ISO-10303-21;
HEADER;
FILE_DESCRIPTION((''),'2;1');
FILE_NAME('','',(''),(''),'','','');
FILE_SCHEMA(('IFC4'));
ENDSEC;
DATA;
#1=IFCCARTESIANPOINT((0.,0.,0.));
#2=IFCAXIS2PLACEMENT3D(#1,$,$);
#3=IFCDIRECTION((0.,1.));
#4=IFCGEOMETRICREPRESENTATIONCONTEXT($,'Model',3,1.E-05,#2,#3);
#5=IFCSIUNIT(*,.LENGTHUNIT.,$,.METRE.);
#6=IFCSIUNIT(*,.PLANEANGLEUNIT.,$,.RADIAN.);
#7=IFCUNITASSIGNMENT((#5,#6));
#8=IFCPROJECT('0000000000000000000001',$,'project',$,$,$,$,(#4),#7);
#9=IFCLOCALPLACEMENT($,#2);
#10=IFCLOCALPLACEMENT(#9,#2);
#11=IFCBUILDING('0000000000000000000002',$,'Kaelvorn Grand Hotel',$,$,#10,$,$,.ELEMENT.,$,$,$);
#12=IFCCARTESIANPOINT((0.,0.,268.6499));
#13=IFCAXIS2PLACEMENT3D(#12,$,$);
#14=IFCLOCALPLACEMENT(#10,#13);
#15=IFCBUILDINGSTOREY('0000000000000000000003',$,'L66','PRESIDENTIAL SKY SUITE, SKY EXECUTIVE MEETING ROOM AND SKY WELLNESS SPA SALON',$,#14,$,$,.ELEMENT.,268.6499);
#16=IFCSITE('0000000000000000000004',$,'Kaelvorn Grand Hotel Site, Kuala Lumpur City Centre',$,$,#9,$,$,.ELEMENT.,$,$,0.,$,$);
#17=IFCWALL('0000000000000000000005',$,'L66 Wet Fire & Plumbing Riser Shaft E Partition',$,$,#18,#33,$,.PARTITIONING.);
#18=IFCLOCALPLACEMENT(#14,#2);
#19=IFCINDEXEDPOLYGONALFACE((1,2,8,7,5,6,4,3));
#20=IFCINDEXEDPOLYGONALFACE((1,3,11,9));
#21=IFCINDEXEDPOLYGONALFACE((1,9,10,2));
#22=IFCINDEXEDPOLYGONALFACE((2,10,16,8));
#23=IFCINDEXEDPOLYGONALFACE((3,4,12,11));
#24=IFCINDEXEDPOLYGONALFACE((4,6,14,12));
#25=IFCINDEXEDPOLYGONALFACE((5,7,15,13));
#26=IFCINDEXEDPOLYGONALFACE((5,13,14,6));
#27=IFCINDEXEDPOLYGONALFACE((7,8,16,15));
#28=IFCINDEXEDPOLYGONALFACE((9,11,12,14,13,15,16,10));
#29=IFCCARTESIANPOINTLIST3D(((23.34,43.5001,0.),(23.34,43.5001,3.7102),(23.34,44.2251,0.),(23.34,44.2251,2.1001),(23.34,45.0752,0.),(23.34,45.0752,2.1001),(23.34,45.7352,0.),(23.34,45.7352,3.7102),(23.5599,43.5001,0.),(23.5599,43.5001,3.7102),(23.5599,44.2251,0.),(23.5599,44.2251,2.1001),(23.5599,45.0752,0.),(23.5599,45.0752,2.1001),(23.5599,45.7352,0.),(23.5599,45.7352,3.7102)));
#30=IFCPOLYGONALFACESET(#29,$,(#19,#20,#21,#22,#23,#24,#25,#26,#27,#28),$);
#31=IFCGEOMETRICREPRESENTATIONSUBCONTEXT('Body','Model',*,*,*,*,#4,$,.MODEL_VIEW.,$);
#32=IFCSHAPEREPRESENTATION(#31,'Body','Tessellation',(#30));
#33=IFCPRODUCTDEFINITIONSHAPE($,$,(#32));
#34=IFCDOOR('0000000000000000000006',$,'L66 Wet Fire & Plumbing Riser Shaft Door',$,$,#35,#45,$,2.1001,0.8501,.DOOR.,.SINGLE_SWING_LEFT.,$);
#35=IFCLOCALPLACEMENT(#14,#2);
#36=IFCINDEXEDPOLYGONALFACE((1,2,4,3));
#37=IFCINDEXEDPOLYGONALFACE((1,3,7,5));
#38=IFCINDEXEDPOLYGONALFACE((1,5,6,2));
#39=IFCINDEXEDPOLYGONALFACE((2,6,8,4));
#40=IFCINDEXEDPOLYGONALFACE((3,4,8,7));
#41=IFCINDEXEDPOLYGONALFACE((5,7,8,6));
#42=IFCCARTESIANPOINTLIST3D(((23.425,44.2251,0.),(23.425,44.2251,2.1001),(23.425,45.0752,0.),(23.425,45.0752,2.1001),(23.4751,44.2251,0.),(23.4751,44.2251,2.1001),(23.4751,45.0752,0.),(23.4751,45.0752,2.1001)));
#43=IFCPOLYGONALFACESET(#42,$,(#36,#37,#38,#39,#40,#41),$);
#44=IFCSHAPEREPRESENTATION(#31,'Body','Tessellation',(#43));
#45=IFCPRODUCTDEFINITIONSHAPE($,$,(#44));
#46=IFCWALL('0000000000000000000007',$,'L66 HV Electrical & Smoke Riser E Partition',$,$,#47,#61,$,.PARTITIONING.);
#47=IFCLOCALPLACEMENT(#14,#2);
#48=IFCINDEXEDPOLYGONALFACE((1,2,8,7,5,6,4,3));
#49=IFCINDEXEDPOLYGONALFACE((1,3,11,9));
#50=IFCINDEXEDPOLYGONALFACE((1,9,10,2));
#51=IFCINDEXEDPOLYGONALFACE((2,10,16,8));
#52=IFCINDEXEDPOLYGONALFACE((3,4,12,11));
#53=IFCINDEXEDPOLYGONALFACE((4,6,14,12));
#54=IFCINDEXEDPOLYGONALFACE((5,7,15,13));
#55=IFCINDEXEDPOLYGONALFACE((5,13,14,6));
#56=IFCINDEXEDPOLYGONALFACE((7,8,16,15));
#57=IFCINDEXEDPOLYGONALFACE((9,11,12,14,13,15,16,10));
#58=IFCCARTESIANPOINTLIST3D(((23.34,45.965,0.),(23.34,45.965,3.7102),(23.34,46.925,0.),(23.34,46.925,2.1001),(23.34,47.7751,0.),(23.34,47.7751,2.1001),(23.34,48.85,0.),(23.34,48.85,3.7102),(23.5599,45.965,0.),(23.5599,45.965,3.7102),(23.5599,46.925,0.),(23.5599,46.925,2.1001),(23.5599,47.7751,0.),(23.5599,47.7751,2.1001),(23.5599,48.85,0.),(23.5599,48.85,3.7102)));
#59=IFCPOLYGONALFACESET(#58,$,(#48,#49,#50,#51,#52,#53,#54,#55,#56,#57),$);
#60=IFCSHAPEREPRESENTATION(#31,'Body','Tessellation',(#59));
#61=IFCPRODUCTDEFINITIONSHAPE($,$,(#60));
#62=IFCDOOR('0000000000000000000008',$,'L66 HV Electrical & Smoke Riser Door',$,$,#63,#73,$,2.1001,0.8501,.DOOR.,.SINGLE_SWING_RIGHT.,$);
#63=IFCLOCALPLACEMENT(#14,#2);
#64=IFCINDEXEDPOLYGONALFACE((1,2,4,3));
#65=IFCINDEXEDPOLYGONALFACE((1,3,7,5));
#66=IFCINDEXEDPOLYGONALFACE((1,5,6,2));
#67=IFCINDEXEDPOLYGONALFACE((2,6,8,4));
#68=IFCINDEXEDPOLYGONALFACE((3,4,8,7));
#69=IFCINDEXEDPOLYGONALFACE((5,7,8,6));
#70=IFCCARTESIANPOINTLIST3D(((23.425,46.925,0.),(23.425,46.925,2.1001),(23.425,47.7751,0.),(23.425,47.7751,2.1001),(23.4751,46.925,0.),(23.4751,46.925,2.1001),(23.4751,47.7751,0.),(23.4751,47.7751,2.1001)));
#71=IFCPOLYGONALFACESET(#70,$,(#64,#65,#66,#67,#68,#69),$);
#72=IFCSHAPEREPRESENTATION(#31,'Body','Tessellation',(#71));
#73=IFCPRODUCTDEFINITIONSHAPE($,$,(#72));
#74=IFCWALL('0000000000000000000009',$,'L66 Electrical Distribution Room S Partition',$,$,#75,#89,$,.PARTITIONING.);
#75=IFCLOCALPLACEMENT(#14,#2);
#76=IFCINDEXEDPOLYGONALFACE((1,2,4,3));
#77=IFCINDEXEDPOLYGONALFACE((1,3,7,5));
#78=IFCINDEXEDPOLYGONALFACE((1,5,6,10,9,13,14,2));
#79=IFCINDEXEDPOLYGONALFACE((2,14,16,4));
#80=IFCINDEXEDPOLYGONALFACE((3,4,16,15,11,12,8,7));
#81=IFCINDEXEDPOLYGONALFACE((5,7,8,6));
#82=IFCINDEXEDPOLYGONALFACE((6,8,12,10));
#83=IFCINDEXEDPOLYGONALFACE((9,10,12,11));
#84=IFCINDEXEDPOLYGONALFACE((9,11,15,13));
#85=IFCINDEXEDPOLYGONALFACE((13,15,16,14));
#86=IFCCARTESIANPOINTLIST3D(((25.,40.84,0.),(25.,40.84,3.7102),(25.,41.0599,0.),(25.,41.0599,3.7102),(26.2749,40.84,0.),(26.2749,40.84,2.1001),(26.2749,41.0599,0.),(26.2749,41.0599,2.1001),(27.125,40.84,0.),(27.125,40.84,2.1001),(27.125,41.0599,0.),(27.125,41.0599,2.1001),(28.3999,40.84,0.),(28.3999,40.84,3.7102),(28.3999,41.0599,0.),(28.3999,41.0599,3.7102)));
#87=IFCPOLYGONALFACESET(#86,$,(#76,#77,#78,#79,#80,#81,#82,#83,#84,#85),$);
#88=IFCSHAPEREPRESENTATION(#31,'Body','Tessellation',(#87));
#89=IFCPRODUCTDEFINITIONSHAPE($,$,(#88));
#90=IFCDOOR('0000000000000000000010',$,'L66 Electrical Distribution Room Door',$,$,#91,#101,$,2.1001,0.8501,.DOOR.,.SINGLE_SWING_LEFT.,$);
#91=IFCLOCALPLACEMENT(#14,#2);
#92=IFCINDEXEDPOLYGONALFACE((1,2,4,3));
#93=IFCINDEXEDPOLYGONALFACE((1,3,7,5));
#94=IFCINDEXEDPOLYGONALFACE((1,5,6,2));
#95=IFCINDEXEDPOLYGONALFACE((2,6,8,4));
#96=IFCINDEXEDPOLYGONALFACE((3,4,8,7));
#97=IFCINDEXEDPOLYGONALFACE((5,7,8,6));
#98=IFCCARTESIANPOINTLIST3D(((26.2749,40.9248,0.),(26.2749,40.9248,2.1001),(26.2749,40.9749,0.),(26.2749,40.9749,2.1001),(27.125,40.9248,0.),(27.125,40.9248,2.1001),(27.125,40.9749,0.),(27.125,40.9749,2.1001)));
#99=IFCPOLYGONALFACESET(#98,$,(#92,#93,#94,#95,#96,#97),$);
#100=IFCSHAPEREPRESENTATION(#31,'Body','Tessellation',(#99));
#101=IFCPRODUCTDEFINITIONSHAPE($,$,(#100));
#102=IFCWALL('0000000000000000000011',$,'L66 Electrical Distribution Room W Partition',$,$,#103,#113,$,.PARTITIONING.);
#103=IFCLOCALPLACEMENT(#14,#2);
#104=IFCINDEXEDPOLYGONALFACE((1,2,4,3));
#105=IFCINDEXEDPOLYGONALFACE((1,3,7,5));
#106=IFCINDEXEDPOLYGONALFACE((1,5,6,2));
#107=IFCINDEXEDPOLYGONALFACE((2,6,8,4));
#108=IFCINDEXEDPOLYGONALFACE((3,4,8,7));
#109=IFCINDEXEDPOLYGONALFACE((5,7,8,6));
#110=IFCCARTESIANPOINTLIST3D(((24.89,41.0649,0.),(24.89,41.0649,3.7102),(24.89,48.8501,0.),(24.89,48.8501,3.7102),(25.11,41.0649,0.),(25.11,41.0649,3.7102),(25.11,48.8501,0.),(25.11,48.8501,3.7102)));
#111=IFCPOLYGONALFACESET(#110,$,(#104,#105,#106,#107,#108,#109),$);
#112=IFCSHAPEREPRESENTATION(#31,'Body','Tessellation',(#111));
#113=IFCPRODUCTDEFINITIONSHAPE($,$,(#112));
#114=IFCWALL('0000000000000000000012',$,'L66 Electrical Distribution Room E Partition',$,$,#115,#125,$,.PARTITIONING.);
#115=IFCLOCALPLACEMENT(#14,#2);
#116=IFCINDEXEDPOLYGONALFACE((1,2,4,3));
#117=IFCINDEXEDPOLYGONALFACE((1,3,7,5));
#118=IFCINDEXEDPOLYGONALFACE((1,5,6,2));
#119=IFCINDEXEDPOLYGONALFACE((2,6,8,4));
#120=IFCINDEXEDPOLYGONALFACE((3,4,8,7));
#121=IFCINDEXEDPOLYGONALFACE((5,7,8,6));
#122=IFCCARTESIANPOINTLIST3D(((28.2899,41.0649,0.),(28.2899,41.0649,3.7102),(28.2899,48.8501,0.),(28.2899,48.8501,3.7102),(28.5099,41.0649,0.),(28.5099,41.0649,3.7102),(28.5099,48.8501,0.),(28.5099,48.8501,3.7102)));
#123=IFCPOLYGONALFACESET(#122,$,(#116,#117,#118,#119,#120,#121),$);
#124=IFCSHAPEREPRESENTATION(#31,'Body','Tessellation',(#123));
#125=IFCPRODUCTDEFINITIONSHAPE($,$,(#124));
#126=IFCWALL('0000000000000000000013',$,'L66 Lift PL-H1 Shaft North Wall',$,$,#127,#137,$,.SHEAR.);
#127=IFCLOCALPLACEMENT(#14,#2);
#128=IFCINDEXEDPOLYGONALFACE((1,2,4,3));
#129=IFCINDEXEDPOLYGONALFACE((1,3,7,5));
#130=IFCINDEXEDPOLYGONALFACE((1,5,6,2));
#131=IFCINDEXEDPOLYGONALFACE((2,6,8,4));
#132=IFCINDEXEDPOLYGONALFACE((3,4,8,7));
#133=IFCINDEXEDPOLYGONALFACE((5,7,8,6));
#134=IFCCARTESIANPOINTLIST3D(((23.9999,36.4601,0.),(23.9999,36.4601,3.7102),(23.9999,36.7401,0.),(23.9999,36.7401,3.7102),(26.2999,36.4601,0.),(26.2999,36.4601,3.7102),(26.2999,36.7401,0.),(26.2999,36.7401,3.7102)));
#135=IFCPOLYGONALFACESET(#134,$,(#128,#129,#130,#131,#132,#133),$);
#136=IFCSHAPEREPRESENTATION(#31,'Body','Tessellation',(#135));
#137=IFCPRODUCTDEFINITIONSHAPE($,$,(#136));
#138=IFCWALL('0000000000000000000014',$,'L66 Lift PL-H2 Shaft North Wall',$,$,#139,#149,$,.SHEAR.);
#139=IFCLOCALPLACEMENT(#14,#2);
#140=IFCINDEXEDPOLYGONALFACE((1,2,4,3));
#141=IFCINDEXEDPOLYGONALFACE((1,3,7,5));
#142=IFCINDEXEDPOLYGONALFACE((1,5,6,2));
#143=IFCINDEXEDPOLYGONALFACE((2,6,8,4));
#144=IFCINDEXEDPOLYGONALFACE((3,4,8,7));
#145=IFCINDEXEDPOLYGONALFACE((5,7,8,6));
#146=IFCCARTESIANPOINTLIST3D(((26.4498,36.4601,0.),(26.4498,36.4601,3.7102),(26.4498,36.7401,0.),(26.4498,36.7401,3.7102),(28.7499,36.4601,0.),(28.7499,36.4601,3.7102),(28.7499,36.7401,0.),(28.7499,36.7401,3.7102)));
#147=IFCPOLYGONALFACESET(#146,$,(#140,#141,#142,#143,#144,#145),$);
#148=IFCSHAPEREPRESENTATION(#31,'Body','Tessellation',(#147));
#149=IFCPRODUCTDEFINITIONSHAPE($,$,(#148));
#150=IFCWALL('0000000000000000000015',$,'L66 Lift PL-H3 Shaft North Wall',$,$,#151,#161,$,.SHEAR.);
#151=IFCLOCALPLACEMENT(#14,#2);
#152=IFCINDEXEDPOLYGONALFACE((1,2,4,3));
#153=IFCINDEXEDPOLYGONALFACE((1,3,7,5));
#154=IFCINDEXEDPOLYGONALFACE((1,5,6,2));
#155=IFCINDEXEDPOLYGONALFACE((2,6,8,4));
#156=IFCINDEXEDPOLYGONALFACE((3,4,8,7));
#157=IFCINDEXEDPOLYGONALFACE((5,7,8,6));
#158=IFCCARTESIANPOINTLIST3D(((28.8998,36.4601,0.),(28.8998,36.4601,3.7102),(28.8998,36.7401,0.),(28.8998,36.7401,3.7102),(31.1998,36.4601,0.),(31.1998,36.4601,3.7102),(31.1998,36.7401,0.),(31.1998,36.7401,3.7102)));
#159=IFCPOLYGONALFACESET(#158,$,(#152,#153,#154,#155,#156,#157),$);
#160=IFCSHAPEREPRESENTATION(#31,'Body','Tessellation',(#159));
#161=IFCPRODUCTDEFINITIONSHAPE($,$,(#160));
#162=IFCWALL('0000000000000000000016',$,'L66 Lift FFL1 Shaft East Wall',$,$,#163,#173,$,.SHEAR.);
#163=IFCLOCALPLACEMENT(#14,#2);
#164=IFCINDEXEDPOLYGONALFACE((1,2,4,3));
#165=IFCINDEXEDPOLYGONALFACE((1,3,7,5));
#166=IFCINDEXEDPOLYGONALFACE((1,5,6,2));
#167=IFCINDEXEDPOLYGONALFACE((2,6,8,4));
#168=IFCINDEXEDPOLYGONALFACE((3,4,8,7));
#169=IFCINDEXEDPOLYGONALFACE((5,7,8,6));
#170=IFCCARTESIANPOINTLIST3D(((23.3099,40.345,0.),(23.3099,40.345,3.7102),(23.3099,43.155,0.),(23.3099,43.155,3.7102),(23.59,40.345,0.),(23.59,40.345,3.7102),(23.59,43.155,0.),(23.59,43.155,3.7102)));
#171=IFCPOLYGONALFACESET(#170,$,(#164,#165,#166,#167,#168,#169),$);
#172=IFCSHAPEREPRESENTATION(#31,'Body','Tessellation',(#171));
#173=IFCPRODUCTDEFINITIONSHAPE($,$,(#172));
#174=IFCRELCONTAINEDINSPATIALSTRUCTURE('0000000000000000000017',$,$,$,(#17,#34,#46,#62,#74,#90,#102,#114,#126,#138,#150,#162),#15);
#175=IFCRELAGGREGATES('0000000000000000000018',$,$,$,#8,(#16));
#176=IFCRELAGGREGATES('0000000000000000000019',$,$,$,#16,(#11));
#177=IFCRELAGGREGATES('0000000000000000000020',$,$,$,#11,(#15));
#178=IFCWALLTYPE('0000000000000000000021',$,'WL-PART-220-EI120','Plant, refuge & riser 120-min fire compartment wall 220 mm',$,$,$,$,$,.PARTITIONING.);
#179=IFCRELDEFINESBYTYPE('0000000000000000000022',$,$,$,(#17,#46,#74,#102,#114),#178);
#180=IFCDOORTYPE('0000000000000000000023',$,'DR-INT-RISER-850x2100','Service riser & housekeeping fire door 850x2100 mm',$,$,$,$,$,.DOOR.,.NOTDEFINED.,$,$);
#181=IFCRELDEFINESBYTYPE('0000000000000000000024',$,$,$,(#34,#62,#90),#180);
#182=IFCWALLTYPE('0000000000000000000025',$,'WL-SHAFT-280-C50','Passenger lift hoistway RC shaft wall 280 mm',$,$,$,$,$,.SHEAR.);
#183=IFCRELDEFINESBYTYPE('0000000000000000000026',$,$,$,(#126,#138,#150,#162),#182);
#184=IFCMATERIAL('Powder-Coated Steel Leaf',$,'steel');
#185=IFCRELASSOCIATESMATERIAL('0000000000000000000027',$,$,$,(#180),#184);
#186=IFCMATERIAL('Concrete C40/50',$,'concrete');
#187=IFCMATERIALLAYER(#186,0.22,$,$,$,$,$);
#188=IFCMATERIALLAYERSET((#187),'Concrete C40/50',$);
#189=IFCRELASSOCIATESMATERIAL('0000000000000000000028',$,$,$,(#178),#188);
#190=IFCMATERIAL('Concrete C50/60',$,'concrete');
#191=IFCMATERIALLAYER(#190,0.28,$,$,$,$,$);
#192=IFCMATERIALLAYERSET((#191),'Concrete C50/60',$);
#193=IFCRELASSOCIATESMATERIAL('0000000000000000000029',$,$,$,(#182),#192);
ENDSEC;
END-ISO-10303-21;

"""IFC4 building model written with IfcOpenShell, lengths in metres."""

from ifc_helpers import new_model, si_unit, direction, frame, frame_2d, origin, place, context, subcontext, project, spatial, rectangle, extrude, material, layer, layer_set, type_object, element, fill, save


model = new_model("IFC4")

# Units and contexts
model_context = context("Model", 3, precision=1e-05, world=origin(), true_north=direction((0.0, 1.0)))
body_context = subcontext(model_context, "Body", "Model", "MODEL_VIEW")
ifc_project = project(units=[si_unit("LENGTHUNIT", "METRE"), si_unit("PLANEANGLEUNIT", "RADIAN")], contexts=[model_context])

# Site, building, storey
site_placement = place(None, origin())
site = spatial("IfcSite", under=ifc_project, at=site_placement, Name="Kaelvorn Grand Hotel Site, Kuala Lumpur City Centre", CompositionType="ELEMENT", RefElevation=0.0)
building_placement = place(site_placement, origin())
building = spatial("IfcBuilding", under=site, at=building_placement, Name="Kaelvorn Grand Hotel", CompositionType="ELEMENT")
storey_placement = place(building_placement, frame((0.0, 0.0, 268.6499)))
storey = spatial("IfcBuildingStorey", under=building, at=storey_placement, Name="L66", Description="PRESIDENTIAL SKY SUITE, SKY EXECUTIVE MEETING ROOM AND SKY WELLNESS SPA SALON", CompositionType="ELEMENT", Elevation=268.6499)

# Shared definitions
ifc_material_1 = material(Name="Concrete C50/60", Category="concrete")

# Shared definitions
ifc_material_2 = material(Name="Powder-Coated Steel Leaf", Category="steel")
door_type_1 = type_object("IfcDoorType", Name="DR-INT-RISER-850x2100", Description="Service riser & housekeeping fire door 850x2100 mm", OperationType="NOTDEFINED", PredefinedType="DOOR", material=ifc_material_2)

# Walls, openings, doors
ifc_material_3 = material(Name="Concrete C40/50", Category="concrete")
ifc_layer_1 = layer(ifc_material_3, 0.22)
ifc_layer_set_1 = layer_set([ifc_layer_1], Name="Concrete C40/50")
wall_type_1 = type_object("IfcWallType", Name="WL-PART-220-EI120", Description="Plant, refuge & riser 120-min fire compartment wall 220 mm", PredefinedType="PARTITIONING", material=ifc_layer_set_1)
wall_1_placement = place(storey_placement, frame((23.45, 43.5, 0.0), z_axis=(0.0, 0.0, 1.0), x_axis=(0.0, 1.0, 0.0)))
wall_1 = element("IfcWall", 1, at=wall_1_placement, inside=storey, type_object=wall_type_1, Name="L66 Wet Fire & Plumbing Riser Shaft E Partition", PredefinedType="PARTITIONING", context=body_context, shape_type="SweptSolid", body=[
    extrude(rectangle(XDim=2.2351, YDim=0.22, at=frame_2d((1.1177, 0.0))), origin(), (0.0, 0.0, 1.0), 3.7102),
])
opening_1_placement = place(wall_1_placement, frame((0.7251, 0.0, 0.0)))
opening_1 = element("IfcOpeningElement", 2, at=opening_1_placement, cuts=wall_1, PredefinedType="OPENING", context=body_context, shape_type="SweptSolid", body=[
    extrude(rectangle(XDim=0.8501, YDim=2.1001, at=frame_2d((0.425, 1.05))), frame((0.0, 0.1201, 0.0), z_axis=(0.0, -1.0, 0.0), x_axis=(1.0, 0.0, 0.0)), (0.0, 0.0, 1.0), 0.24),
])
door_1_placement = place(opening_1_placement, origin())
door_1 = element("IfcDoor", 3, at=door_1_placement, inside=storey, type_object=door_type_1, Name="L66 Wet Fire & Plumbing Riser Shaft Door", OperationType="SINGLE_SWING_LEFT", OverallHeight=2.1001, OverallWidth=0.8501, PredefinedType="DOOR", context=body_context, shape_type="SweptSolid", body=[
    extrude(rectangle(XDim=0.8501, YDim=2.1001, at=frame_2d((0.425, 1.05))), frame((0.0, 0.0249, 0.0), z_axis=(0.0, -1.0, 0.0), x_axis=(1.0, 0.0, 0.0)), (0.0, 0.0, 1.0), 0.05),
])
fill(opening_1, door_1)
wall_2_placement = place(storey_placement, frame((23.45, 45.9651, 0.0), z_axis=(0.0, 0.0, 1.0), x_axis=(0.0, 1.0, 0.0)))
wall_2 = element("IfcWall", 4, at=wall_2_placement, inside=storey, type_object=wall_type_1, Name="L66 HV Electrical & Smoke Riser E Partition", PredefinedType="PARTITIONING", context=body_context, shape_type="SweptSolid", body=[
    extrude(rectangle(XDim=2.885, YDim=0.22, at=frame_2d((1.4424, 0.0))), origin(), (0.0, 0.0, 1.0), 3.7102),
])
opening_2_placement = place(wall_2_placement, frame((0.96, 0.0, 0.0)))
opening_2 = element("IfcOpeningElement", 5, at=opening_2_placement, cuts=wall_2, PredefinedType="OPENING", context=body_context, shape_type="SweptSolid", body=[
    extrude(rectangle(XDim=0.8501, YDim=2.1001, at=frame_2d((0.425, 1.05))), frame((0.0, 0.1201, 0.0), z_axis=(0.0, -1.0, 0.0), x_axis=(1.0, 0.0, 0.0)), (0.0, 0.0, 1.0), 0.24),
])
door_2_placement = place(opening_2_placement, origin())
door_2 = element("IfcDoor", 6, at=door_2_placement, inside=storey, type_object=door_type_1, Name="L66 HV Electrical & Smoke Riser Door", OperationType="SINGLE_SWING_RIGHT", OverallHeight=2.1001, OverallWidth=0.8501, PredefinedType="DOOR", context=body_context, shape_type="SweptSolid", body=[
    extrude(rectangle(XDim=0.8501, YDim=2.1001, at=frame_2d((0.425, 1.05))), frame((0.0, 0.0249, 0.0), z_axis=(0.0, -1.0, 0.0), x_axis=(1.0, 0.0, 0.0)), (0.0, 0.0, 1.0), 0.05),
])
fill(opening_2, door_2)
wall_3_placement = place(storey_placement, frame((25.0, 40.95, 0.0), z_axis=(0.0, 0.0, 1.0), x_axis=(1.0, 0.0, 0.0)))
wall_3 = element("IfcWall", 7, at=wall_3_placement, inside=storey, type_object=wall_type_1, Name="L66 Electrical Distribution Room S Partition", PredefinedType="PARTITIONING", context=body_context, shape_type="SweptSolid", body=[
    extrude(rectangle(XDim=3.3999, YDim=0.22, at=frame_2d((1.7, 0.0))), origin(), (0.0, 0.0, 1.0), 3.7102),
])
opening_3_placement = place(wall_3_placement, frame((1.2749, 0.0, 0.0)))
opening_3 = element("IfcOpeningElement", 8, at=opening_3_placement, cuts=wall_3, PredefinedType="OPENING", context=body_context, shape_type="SweptSolid", body=[
    extrude(rectangle(XDim=0.8501, YDim=2.1001, at=frame_2d((0.425, 1.05))), frame((0.0, 0.1201, 0.0), z_axis=(0.0, -1.0, 0.0), x_axis=(1.0, 0.0, 0.0)), (0.0, 0.0, 1.0), 0.24),
])
door_3_placement = place(opening_3_placement, origin())
door_3 = element("IfcDoor", 9, at=door_3_placement, inside=storey, type_object=door_type_1, Name="L66 Electrical Distribution Room Door", OperationType="SINGLE_SWING_LEFT", OverallHeight=2.1001, OverallWidth=0.8501, PredefinedType="DOOR", context=body_context, shape_type="SweptSolid", body=[
    extrude(rectangle(XDim=0.8501, YDim=2.1001, at=frame_2d((0.425, 1.05))), frame((0.0, 0.0249, 0.0), z_axis=(0.0, -1.0, 0.0), x_axis=(1.0, 0.0, 0.0)), (0.0, 0.0, 1.0), 0.05),
])
fill(opening_3, door_3)

# Walls
for number, where, z_axis, x_axis, name in (
    (10, (25.0, 41.0649, 0.0), (0.0, 0.0, 1.0), (0.0, 1.0, 0.0), "L66 Electrical Distribution Room W Partition"),
    (11, (28.3999, 41.0649, 0.0), (0.0, 0.0, 1.0), (0.0, 1.0, 0.0), "L66 Electrical Distribution Room E Partition"),
):
    element("IfcWall", number, at=place(storey_placement, frame(where, z_axis=z_axis, x_axis=x_axis)), inside=storey, type_object=wall_type_1, Name=name, PredefinedType="PARTITIONING", context=body_context, shape_type="SweptSolid", body=[
        extrude(rectangle(XDim=7.7852, YDim=0.22, at=frame_2d((3.8926, 0.0))), origin(), (0.0, 0.0, 1.0), 3.7102),
    ])
ifc_layer_2 = layer(ifc_material_1, 0.28)
ifc_layer_set_2 = layer_set([ifc_layer_2], Name="Concrete C50/60")
wall_type_2 = type_object("IfcWallType", Name="WL-SHAFT-280-C50", Description="Passenger lift hoistway RC shaft wall 280 mm", PredefinedType="SHEAR", material=ifc_layer_set_2)
for number, where, z_axis, x_axis, name in (
    (12, (24.0, 36.6001, 0.0), (0.0, 0.0, 1.0), (1.0, 0.0, 0.0), "L66 Lift PL-H1 Shaft North Wall"),
    (13, (26.45, 36.6001, 0.0), (0.0, 0.0, 1.0), (1.0, 0.0, 0.0), "L66 Lift PL-H2 Shaft North Wall"),
    (14, (28.8999, 36.6001, 0.0), (0.0, 0.0, 1.0), (1.0, 0.0, 0.0), "L66 Lift PL-H3 Shaft North Wall"),
):
    element("IfcWall", number, at=place(storey_placement, frame(where, z_axis=z_axis, x_axis=x_axis)), inside=storey, type_object=wall_type_2, Name=name, PredefinedType="SHEAR", context=body_context, shape_type="SweptSolid", body=[
        extrude(rectangle(XDim=2.3, YDim=0.28, at=frame_2d((1.1499, 0.0))), origin(), (0.0, 0.0, 1.0), 3.7102),
    ])
wall_4_placement = place(storey_placement, frame((23.45, 40.345, 0.0), z_axis=(0.0, 0.0, 1.0), x_axis=(0.0, 1.0, 0.0)))
element("IfcWall", 15, at=wall_4_placement, inside=storey, type_object=wall_type_2, Name="L66 Lift FFL1 Shaft East Wall", PredefinedType="SHEAR", context=body_context, shape_type="SweptSolid", body=[
    extrude(rectangle(XDim=2.8101, YDim=0.28, at=frame_2d((1.405, 0.0))), origin(), (0.0, 0.0, 1.0), 3.7102),
])

save(model, "model.ifc")
